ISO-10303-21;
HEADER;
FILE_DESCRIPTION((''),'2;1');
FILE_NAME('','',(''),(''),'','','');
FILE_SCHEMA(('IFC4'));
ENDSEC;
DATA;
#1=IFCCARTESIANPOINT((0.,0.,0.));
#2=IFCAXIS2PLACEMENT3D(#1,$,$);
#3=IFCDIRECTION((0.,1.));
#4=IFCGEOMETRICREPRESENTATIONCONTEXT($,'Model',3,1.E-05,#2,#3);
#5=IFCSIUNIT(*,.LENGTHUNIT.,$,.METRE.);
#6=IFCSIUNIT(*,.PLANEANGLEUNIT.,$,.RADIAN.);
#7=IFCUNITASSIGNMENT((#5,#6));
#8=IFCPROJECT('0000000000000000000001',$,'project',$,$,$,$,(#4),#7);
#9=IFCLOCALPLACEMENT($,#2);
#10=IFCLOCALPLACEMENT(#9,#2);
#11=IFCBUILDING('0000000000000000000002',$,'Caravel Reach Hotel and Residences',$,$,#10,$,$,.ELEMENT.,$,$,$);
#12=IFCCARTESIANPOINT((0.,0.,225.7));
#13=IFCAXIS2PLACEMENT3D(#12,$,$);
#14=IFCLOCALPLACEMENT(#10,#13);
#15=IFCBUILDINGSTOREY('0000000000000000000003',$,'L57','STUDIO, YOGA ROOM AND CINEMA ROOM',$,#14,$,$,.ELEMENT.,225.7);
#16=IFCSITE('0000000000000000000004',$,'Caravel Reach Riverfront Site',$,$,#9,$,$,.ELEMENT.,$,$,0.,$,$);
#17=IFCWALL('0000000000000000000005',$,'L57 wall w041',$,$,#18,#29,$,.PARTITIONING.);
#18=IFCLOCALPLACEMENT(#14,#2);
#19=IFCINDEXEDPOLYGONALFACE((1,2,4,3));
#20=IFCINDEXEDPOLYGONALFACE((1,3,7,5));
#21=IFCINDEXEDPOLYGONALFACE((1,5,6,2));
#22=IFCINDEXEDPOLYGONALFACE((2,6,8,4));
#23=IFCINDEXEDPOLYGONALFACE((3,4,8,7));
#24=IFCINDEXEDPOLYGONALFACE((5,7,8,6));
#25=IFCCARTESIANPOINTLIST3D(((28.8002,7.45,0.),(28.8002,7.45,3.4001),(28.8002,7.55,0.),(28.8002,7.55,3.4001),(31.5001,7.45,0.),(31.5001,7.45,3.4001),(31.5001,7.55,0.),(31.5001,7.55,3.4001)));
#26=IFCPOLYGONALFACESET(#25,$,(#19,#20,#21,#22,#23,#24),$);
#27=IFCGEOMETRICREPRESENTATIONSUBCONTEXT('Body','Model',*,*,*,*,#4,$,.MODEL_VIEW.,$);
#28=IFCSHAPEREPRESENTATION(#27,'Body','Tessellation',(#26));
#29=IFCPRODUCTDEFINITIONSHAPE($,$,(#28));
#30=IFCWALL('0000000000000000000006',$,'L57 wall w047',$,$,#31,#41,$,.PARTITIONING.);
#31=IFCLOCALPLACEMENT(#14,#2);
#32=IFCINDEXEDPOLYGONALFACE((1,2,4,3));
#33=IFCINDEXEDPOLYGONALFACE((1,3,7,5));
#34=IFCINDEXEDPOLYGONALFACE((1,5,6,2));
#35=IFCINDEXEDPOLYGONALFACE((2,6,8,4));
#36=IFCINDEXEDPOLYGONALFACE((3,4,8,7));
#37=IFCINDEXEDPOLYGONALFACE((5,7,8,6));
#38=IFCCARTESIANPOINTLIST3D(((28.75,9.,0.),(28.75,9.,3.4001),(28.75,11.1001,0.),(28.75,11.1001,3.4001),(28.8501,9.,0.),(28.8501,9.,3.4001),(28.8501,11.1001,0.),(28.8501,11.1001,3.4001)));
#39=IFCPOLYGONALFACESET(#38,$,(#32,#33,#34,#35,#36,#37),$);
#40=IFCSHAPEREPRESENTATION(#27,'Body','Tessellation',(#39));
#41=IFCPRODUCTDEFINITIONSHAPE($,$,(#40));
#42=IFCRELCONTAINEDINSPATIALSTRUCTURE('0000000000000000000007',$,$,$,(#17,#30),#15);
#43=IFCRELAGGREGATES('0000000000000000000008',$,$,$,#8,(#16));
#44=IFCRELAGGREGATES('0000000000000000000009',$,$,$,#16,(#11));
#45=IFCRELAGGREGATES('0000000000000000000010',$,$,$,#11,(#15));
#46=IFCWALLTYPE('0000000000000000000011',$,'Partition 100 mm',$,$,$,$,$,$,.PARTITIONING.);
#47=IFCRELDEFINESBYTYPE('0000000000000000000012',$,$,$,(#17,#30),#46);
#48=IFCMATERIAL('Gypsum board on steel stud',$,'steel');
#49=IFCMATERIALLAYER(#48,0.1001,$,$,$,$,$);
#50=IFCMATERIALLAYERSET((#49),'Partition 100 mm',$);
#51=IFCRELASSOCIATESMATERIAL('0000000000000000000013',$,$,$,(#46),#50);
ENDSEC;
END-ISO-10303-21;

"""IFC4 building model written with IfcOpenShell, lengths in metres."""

from ifc_helpers import new_model, si_unit, direction, frame, frame_2d, origin, place, context, subcontext, project, spatial, rectangle, extrude, material, layer, layer_set, type_object, element, save


model = new_model("IFC4")

# Units and contexts
model_context = context("Model", 3, precision=1e-05, world=origin(), true_north=direction((0.0, 1.0)))
body_context = subcontext(model_context, "Body", "Model", "MODEL_VIEW")
ifc_project = project(units=[si_unit("LENGTHUNIT", "METRE"), si_unit("PLANEANGLEUNIT", "RADIAN")], contexts=[model_context])

# Site, building, storey
site_placement = place(None, origin())
site = spatial("IfcSite", under=ifc_project, at=site_placement, Name="Caravel Reach Riverfront Site", CompositionType="ELEMENT", RefElevation=0.0)
building_placement = place(site_placement, origin())
building = spatial("IfcBuilding", under=site, at=building_placement, Name="Caravel Reach Hotel and Residences", CompositionType="ELEMENT")
storey_placement = place(building_placement, frame((0.0, 0.0, 225.7)))
storey = spatial("IfcBuildingStorey", under=building, at=storey_placement, Name="L57", Description="STUDIO, YOGA ROOM AND CINEMA ROOM", CompositionType="ELEMENT", Elevation=225.7)

# Walls
ifc_material_1 = material(Name="Gypsum board on steel stud", Category="steel")
ifc_layer_1 = layer(ifc_material_1, 0.1001)
ifc_layer_set_1 = layer_set([ifc_layer_1], Name="Partition 100 mm")
wall_type_1 = type_object("IfcWallType", Name="Partition 100 mm", PredefinedType="PARTITIONING", material=ifc_layer_set_1)
wall_1_placement = place(storey_placement, frame((28.8, 7.5, 0.0), z_axis=(0.0, 0.0, 1.0), x_axis=(1.0, 0.0, 0.0)))
element("IfcWall", 1, at=wall_1_placement, inside=storey, type_object=wall_type_1, Name="L57 wall w041", PredefinedType="PARTITIONING", context=body_context, shape_type="SweptSolid", body=[
    extrude(rectangle(XDim=2.7, YDim=0.1001, at=frame_2d((1.3501, 0.0))), origin(), (0.0, 0.0, 1.0), 3.4001),
])
wall_2_placement = place(storey_placement, frame((28.8, 9.0, 0.0), z_axis=(0.0, 0.0, 1.0), x_axis=(0.0, 1.0, 0.0)))
element("IfcWall", 2, at=wall_2_placement, inside=storey, type_object=wall_type_1, Name="L57 wall w047", PredefinedType="PARTITIONING", context=body_context, shape_type="SweptSolid", body=[
    extrude(rectangle(XDim=2.1001, YDim=0.1001, at=frame_2d((1.05, 0.0))), origin(), (0.0, 0.0, 1.0), 3.4001),
])

save(model, "model.ifc")
